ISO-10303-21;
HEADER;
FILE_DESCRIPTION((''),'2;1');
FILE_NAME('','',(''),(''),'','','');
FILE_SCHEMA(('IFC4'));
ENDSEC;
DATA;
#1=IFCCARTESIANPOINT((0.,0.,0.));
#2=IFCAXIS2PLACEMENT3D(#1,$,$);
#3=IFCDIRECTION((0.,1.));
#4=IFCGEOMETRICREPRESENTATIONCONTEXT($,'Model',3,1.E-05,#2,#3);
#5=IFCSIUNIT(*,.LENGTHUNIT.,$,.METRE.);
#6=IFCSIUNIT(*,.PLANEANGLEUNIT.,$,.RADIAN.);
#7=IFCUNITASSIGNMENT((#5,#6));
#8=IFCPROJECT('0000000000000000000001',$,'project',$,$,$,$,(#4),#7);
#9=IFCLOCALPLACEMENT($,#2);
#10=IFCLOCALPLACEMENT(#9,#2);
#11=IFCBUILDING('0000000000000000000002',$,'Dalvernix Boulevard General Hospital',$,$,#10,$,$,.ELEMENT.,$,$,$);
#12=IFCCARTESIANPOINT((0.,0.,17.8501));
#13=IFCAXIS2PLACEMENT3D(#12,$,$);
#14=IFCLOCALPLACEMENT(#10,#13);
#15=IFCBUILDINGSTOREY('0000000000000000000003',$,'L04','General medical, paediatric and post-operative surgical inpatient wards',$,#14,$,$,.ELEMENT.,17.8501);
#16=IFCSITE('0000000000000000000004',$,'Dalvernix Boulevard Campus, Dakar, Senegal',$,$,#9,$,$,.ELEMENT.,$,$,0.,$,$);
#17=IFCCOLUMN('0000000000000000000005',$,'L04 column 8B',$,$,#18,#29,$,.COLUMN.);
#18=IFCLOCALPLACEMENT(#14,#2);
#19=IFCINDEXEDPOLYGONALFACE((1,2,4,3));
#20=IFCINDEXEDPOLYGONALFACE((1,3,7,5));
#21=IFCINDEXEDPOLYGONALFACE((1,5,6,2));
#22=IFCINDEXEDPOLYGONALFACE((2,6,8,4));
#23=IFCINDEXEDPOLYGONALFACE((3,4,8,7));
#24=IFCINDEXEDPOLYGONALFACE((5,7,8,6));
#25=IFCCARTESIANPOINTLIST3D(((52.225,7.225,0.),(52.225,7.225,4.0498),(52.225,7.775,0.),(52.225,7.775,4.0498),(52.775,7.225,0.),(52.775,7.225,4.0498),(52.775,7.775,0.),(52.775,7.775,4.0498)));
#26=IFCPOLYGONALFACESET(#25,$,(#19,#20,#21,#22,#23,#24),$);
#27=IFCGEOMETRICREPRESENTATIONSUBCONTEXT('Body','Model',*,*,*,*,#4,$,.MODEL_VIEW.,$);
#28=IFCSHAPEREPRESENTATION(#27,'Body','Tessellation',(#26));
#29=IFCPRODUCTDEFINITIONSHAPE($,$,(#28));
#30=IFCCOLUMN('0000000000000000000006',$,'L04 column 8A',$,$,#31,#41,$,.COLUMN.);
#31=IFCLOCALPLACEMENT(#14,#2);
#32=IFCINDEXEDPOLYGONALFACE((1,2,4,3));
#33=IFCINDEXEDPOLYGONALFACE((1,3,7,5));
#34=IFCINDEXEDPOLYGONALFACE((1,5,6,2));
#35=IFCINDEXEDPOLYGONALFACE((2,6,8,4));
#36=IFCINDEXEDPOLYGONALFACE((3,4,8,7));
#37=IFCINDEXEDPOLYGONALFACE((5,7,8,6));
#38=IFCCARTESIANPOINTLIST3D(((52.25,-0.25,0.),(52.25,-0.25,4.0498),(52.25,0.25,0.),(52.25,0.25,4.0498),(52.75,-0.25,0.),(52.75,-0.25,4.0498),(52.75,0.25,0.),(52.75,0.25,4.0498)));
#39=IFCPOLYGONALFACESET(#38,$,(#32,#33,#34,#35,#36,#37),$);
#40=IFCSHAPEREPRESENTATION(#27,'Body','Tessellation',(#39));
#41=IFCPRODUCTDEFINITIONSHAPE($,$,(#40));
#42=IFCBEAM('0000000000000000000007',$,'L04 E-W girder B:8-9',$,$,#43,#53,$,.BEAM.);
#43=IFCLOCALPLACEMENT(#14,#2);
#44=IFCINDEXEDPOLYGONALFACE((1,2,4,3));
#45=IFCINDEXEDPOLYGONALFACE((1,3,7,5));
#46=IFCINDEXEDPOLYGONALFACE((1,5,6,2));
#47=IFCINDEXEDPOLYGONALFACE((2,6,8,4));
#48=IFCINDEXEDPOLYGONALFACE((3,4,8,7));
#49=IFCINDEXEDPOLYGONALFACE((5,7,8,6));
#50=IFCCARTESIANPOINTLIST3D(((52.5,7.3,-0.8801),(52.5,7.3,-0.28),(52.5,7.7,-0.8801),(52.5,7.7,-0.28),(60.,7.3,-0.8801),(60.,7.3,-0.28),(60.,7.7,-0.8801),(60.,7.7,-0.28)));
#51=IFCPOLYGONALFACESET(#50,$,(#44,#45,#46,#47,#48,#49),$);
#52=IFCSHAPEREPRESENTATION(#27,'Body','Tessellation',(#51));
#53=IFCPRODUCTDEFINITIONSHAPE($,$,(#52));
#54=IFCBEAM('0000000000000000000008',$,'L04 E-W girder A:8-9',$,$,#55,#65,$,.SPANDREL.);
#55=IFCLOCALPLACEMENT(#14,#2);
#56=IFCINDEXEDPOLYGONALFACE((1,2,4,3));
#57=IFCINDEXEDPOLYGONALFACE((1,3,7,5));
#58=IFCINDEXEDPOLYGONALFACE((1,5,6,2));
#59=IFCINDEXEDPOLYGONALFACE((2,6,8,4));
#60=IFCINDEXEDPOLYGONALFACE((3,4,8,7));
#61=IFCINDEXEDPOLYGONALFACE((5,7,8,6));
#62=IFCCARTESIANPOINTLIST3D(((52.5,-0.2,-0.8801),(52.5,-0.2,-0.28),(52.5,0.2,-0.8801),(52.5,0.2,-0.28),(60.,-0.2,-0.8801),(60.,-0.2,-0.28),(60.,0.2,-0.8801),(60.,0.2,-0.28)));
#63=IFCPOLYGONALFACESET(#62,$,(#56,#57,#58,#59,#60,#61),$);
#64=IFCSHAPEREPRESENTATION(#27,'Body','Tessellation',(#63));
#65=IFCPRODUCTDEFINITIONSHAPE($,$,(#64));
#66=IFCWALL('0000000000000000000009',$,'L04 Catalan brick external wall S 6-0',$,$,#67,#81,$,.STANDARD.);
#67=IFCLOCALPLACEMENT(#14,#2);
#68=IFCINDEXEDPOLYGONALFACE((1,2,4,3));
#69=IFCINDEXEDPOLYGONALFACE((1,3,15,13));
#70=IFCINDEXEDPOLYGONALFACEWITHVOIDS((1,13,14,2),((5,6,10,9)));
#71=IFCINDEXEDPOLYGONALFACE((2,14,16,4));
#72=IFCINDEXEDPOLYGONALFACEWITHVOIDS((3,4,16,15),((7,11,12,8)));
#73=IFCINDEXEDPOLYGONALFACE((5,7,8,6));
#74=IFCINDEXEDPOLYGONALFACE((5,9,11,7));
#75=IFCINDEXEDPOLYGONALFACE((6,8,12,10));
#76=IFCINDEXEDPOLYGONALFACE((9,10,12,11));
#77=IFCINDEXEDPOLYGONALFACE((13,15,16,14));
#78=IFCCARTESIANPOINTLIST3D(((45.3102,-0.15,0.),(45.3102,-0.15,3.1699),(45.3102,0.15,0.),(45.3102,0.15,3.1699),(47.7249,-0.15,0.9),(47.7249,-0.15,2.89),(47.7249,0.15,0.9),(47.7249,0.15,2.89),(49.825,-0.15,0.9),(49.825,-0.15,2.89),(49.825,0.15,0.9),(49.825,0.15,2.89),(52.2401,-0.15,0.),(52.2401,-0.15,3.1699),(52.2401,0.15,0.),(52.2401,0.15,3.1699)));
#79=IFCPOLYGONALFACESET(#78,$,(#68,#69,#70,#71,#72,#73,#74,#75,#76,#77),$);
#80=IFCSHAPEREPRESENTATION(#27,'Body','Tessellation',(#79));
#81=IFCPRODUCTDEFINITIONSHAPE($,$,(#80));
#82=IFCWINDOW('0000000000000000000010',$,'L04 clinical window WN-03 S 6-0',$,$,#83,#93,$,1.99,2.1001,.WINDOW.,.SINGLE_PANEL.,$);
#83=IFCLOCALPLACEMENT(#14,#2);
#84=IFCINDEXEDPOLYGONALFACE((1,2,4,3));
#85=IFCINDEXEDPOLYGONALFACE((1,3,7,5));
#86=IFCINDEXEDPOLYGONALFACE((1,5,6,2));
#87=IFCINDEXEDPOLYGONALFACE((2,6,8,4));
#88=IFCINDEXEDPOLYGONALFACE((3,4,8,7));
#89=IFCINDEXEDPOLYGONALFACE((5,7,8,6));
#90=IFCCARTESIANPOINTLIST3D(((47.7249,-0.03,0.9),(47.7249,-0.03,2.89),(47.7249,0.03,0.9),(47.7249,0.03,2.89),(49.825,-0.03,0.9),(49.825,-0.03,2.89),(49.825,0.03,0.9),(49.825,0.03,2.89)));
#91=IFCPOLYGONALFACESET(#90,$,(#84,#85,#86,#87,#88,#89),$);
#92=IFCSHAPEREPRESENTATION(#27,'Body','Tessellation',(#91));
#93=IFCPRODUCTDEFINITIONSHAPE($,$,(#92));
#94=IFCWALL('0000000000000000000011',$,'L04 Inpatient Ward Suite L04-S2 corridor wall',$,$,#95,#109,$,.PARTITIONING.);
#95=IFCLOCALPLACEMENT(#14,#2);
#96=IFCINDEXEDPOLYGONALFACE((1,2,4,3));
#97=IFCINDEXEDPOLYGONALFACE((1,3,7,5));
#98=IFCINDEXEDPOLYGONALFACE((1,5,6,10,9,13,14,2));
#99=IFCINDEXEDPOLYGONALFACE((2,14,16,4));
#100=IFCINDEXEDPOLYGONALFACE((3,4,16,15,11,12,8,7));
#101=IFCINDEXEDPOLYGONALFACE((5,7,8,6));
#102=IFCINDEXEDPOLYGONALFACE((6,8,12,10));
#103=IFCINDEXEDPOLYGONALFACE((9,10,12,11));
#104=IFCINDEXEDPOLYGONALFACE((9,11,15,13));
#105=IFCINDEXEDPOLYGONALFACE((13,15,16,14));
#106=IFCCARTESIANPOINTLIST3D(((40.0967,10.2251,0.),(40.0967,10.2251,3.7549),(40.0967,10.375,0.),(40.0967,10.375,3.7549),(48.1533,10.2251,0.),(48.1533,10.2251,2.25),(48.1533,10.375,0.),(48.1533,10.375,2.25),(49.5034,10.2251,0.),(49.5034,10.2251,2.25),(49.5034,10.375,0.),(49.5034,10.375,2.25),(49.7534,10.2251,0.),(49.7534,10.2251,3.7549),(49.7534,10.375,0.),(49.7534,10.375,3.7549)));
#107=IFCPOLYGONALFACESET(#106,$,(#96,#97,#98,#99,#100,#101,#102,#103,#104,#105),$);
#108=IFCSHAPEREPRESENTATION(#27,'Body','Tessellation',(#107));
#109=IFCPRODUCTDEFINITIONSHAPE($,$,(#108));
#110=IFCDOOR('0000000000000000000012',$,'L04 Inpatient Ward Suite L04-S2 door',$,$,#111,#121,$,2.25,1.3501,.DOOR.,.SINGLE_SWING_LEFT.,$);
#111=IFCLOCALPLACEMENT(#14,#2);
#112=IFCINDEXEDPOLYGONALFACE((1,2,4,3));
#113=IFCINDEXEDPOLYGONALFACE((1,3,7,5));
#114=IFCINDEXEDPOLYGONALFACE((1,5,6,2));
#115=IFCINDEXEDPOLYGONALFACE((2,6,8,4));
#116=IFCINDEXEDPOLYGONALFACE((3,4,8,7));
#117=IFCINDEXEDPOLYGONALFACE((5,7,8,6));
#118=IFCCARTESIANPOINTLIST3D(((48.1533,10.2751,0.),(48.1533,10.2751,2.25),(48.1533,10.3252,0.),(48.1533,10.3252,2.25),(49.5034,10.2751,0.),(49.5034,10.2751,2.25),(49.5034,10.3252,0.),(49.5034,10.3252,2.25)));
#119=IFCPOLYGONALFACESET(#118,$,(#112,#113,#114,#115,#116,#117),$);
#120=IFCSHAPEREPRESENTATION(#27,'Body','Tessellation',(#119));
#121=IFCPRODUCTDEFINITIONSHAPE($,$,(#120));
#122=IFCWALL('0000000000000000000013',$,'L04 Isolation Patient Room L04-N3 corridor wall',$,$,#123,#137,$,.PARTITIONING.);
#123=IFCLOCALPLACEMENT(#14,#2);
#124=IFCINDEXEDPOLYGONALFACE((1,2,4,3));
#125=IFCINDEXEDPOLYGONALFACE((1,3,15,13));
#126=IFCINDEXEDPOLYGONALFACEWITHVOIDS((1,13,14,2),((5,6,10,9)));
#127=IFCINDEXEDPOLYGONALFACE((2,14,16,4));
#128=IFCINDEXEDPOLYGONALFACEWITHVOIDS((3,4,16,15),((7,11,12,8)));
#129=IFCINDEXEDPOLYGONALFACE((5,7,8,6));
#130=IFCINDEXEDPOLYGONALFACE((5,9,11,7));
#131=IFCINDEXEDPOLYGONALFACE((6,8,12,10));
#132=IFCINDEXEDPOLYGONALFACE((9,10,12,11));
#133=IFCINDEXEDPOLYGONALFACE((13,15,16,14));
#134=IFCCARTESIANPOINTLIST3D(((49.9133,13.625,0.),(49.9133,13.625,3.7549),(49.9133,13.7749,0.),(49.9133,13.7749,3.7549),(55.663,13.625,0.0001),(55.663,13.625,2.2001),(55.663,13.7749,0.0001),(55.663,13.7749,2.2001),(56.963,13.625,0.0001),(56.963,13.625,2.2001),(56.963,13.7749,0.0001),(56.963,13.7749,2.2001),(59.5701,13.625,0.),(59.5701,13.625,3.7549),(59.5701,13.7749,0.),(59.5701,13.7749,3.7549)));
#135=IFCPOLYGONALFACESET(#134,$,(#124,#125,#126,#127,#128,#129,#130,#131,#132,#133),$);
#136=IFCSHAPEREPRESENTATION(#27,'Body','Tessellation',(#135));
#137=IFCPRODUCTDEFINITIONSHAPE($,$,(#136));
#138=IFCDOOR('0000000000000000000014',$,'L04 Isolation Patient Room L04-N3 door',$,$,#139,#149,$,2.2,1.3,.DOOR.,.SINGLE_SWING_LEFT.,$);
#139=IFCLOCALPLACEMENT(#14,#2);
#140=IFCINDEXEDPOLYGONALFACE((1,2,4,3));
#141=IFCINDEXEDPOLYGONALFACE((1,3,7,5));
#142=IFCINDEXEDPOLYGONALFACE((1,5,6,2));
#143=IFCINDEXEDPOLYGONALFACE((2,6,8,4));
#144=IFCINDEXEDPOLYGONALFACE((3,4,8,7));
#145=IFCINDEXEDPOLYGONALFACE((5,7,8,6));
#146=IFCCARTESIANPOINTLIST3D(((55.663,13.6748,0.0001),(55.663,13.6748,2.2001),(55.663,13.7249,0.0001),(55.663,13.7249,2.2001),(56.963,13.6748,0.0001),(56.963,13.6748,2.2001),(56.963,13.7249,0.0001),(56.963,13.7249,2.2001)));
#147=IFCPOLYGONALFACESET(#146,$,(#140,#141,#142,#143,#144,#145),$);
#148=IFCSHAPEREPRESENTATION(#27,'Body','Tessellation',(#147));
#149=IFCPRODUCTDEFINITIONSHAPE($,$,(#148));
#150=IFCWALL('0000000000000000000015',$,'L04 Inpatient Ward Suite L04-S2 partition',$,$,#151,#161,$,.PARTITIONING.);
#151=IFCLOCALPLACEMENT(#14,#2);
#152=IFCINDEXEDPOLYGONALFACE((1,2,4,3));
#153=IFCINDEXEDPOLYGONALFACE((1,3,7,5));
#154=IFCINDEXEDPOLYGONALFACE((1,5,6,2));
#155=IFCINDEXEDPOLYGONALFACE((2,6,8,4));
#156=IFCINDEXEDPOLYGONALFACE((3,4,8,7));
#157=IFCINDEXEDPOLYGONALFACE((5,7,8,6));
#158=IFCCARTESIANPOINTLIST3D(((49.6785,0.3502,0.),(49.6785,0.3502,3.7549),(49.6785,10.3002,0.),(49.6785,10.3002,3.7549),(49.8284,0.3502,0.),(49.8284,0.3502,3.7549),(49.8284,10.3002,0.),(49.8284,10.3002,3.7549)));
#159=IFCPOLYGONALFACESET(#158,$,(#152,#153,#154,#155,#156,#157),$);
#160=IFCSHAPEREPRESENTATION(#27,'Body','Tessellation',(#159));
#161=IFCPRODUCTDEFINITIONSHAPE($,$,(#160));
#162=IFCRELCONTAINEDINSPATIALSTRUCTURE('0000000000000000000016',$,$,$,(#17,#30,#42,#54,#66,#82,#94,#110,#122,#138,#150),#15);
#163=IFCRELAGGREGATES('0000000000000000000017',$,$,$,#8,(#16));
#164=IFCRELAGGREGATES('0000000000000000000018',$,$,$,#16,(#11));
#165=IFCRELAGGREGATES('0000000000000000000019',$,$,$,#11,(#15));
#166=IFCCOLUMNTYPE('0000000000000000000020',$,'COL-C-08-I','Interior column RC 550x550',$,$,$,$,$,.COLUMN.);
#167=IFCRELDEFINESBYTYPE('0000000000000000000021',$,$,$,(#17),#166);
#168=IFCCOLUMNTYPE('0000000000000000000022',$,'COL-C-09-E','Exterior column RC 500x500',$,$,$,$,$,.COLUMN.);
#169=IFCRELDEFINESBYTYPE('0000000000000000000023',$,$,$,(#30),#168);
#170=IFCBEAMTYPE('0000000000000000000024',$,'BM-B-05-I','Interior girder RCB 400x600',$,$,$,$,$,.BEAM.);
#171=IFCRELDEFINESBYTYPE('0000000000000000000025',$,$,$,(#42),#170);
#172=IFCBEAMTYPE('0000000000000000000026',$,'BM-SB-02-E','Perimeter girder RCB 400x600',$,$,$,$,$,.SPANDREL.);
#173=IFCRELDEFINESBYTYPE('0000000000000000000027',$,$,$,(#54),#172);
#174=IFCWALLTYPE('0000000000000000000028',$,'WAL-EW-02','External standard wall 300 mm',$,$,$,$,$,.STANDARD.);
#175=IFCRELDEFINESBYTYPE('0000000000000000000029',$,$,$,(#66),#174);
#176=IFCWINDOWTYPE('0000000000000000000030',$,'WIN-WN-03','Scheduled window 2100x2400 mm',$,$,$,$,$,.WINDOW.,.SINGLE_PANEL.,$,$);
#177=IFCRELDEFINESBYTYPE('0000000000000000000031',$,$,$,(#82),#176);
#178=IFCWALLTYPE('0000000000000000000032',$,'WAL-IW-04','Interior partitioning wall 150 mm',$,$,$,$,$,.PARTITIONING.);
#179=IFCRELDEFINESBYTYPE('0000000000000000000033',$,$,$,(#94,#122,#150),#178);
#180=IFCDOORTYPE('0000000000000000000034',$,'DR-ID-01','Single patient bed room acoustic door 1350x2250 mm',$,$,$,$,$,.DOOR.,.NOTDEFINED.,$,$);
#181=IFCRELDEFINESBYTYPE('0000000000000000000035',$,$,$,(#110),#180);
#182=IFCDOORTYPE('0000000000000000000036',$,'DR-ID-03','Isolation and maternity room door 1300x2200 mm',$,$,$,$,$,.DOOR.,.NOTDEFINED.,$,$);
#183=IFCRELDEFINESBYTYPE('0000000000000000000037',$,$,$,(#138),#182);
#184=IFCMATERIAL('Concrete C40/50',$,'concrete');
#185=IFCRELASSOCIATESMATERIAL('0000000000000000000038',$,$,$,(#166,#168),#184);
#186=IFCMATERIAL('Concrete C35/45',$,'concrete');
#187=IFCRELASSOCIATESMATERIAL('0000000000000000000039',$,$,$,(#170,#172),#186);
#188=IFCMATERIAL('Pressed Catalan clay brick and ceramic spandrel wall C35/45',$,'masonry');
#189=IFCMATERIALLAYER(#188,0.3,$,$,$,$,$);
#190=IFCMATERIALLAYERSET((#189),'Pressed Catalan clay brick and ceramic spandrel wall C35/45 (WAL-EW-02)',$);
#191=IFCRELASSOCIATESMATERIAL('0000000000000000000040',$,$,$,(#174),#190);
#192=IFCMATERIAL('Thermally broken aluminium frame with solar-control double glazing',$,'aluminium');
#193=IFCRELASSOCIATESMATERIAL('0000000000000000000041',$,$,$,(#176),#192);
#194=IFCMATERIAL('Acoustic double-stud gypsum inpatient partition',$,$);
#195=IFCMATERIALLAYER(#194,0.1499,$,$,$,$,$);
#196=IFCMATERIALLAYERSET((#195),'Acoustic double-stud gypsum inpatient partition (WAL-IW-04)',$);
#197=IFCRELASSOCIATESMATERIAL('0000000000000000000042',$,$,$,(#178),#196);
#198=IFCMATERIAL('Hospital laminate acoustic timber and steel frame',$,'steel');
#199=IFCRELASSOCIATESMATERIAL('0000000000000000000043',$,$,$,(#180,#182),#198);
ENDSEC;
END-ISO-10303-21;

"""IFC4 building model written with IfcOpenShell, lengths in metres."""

from ifc_helpers import new_model, si_unit, direction, frame, frame_2d, origin, origin_2d, place, context, subcontext, project, spatial, rectangle, extrude, material, layer, layer_set, material_profile, profile_set, type_object, element, fill, save


model = new_model("IFC4")

# Units and contexts
model_context = context("Model", 3, precision=1e-05, world=origin(), true_north=direction((0.0, 1.0)))
body_context = subcontext(model_context, "Body", "Model", "MODEL_VIEW")
ifc_project = project(units=[si_unit("LENGTHUNIT", "METRE"), si_unit("PLANEANGLEUNIT", "RADIAN")], contexts=[model_context])

# Site, building, storey
site_placement = place(None, origin())
site = spatial("IfcSite", under=ifc_project, at=site_placement, Name="Dalvernix Boulevard Campus, Dakar, Senegal", CompositionType="ELEMENT", RefElevation=0.0)
building_placement = place(site_placement, origin())
building = spatial("IfcBuilding", under=site, at=building_placement, Name="Dalvernix Boulevard General Hospital", CompositionType="ELEMENT")
storey_placement = place(building_placement, frame((0.0, 0.0, 17.8501)))
storey = spatial("IfcBuildingStorey", under=building, at=storey_placement, Name="L04", Description="General medical, paediatric and post-operative surgical inpatient wards", CompositionType="ELEMENT", Elevation=17.8501)

# Columns
ifc_material_1 = material(Name="Concrete C40/50", Category="concrete")
ifc_material_profile_1 = material_profile(ifc_material_1, rectangle(XDim=0.55, YDim=0.55, at=origin_2d()), Name="RC 550x550")
ifc_profile_set_1 = profile_set([ifc_material_profile_1], Name="Concrete C40/50")
column_type_1 = type_object("IfcColumnType", Name="COL-C-08-I", Description="Interior column RC 550x550", PredefinedType="COLUMN", material=ifc_profile_set_1)
column_1_placement = place(storey_placement, frame((52.5, 7.5, 0.0), z_axis=(0.0, 0.0, 1.0), x_axis=(1.0, 0.0, 0.0)))
element("IfcColumn", 1, at=column_1_placement, inside=storey, type_object=column_type_1, Name="L04 column 8B", PredefinedType="COLUMN", context=body_context, shape_type="SweptSolid", body=[
    extrude(rectangle(XDim=0.55, YDim=0.55, at=origin_2d()), origin(), (0.0, 0.0, 1.0), 4.0498),
])
ifc_material_profile_2 = material_profile(ifc_material_1, rectangle(XDim=0.5, YDim=0.5, at=origin_2d()), Name="RC 500x500")
ifc_profile_set_2 = profile_set([ifc_material_profile_2], Name="Concrete C40/50")
column_type_2 = type_object("IfcColumnType", Name="COL-C-09-E", Description="Exterior column RC 500x500", PredefinedType="COLUMN", material=ifc_profile_set_2)
column_2_placement = place(storey_placement, frame((52.5, 0.0, 0.0), z_axis=(0.0, 0.0, 1.0), x_axis=(1.0, 0.0, 0.0)))
element("IfcColumn", 2, at=column_2_placement, inside=storey, type_object=column_type_2, Name="L04 column 8A", PredefinedType="COLUMN", context=body_context, shape_type="SweptSolid", body=[
    extrude(rectangle(XDim=0.5, YDim=0.5, at=origin_2d()), origin(), (0.0, 0.0, 1.0), 4.0498),
])

# Beams
ifc_material_2 = material(Name="Concrete C35/45", Category="concrete")
ifc_material_profile_3 = material_profile(ifc_material_2, rectangle(XDim=0.3999, YDim=0.6001, at=origin_2d()), Name="RCB 400x600")
ifc_profile_set_3 = profile_set([ifc_material_profile_3], Name="Concrete C35/45")
beam_type_1 = type_object("IfcBeamType", Name="BM-B-05-I", Description="Interior girder RCB 400x600", PredefinedType="BEAM", material=ifc_profile_set_3)
beam_1_placement = place(storey_placement, frame((52.5, 7.5, -0.5801), z_axis=(1.0, 0.0, 0.0), x_axis=(0.0, 1.0, 0.0)))
element("IfcBeam", 3, at=beam_1_placement, inside=storey, type_object=beam_type_1, Name="L04 E-W girder B:8-9", PredefinedType="BEAM", context=body_context, shape_type="SweptSolid", body=[
    extrude(rectangle(XDim=0.3999, YDim=0.6001, at=origin_2d()), origin(), (0.0, 0.0, 1.0), 7.5),
])
ifc_material_profile_4 = material_profile(ifc_material_2, rectangle(XDim=0.3999, YDim=0.6001, at=origin_2d()), Name="RCB 400x600")
ifc_profile_set_4 = profile_set([ifc_material_profile_4], Name="Concrete C35/45")
beam_type_2 = type_object("IfcBeamType", Name="BM-SB-02-E", Description="Perimeter girder RCB 400x600", PredefinedType="SPANDREL", material=ifc_profile_set_4)
beam_2_placement = place(storey_placement, frame((52.5, 0.0, -0.5801), z_axis=(1.0, 0.0, 0.0), x_axis=(0.0, 1.0, 0.0)))
element("IfcBeam", 4, at=beam_2_placement, inside=storey, type_object=beam_type_2, Name="L04 E-W girder A:8-9", PredefinedType="SPANDREL", context=body_context, shape_type="SweptSolid", body=[
    extrude(rectangle(XDim=0.3999, YDim=0.6001, at=origin_2d()), origin(), (0.0, 0.0, 1.0), 7.5),
])

# Wall, opening, window
ifc_material_3 = material(Name="Pressed Catalan clay brick and ceramic spandrel wall C35/45", Category="masonry")
ifc_layer_1 = layer(ifc_material_3, 0.3)
ifc_layer_set_1 = layer_set([ifc_layer_1], Name="Pressed Catalan clay brick and ceramic spandrel wall C35/45 (WAL-EW-02)")
wall_type_1 = type_object("IfcWallType", Name="WAL-EW-02", Description="External standard wall 300 mm", PredefinedType="STANDARD", material=ifc_layer_set_1)
wall_1_placement = place(storey_placement, frame((52.24, 0.0, 0.0), z_axis=(0.0, 0.0, 1.0), x_axis=(-1.0, 0.0, 0.0)))
wall_1 = element("IfcWall", 5, at=wall_1_placement, inside=storey, type_object=wall_type_1, Name="L04 Catalan brick external wall S 6-0", PredefinedType="STANDARD", context=body_context, shape_type="SweptSolid", body=[
    extrude(rectangle(XDim=6.9299, YDim=0.3, at=frame_2d((3.4648, 0.0))), origin(), (0.0, 0.0, 1.0), 3.1699),
])
opening_1_placement = place(wall_1_placement, frame((2.415, 0.0, 0.8999)))
opening_1 = element("IfcOpeningElement", 6, at=opening_1_placement, cuts=wall_1, PredefinedType="OPENING", context=body_context, shape_type="SweptSolid", body=[
    extrude(rectangle(XDim=2.1001, YDim=1.99, at=frame_2d((1.05, 0.9951))), frame((0.0, 0.1599, 0.0), z_axis=(0.0, -1.0, 0.0), x_axis=(1.0, 0.0, 0.0)), (0.0, 0.0, 1.0), 0.3201),
])
ifc_material_4 = material(Name="Thermally broken aluminium frame with solar-control double glazing", Category="aluminium")
window_type = type_object("IfcWindowType", Name="WIN-WN-03", Description="Scheduled window 2100x2400 mm", PartitioningType="SINGLE_PANEL", PredefinedType="WINDOW", material=ifc_material_4)
window_placement = place(opening_1_placement, origin())
window = element("IfcWindow", 7, at=window_placement, inside=storey, type_object=window_type, Name="L04 clinical window WN-03 S 6-0", OverallHeight=1.99, OverallWidth=2.1001, PartitioningType="SINGLE_PANEL", PredefinedType="WINDOW", context=body_context, shape_type="SweptSolid", body=[
    extrude(rectangle(XDim=2.1001, YDim=1.99, at=frame_2d((1.05, 0.9951))), frame((0.0, 0.03, 0.0), z_axis=(0.0, -1.0, 0.0), x_axis=(1.0, 0.0, 0.0)), (0.0, 0.0, 1.0), 0.0601),
])
fill(opening_1, window)

# Walls, openings, doors
ifc_material_5 = material(Name="Acoustic double-stud gypsum inpatient partition")
ifc_layer_2 = layer(ifc_material_5, 0.1499)
ifc_layer_set_2 = layer_set([ifc_layer_2], Name="Acoustic double-stud gypsum inpatient partition (WAL-IW-04)")
wall_type_2 = type_object("IfcWallType", Name="WAL-IW-04", Description="Interior partitioning wall 150 mm", PredefinedType="PARTITIONING", material=ifc_layer_set_2)
wall_2_placement = place(storey_placement, frame((49.7534, 10.3, 0.0), z_axis=(0.0, 0.0, 1.0), x_axis=(-1.0, 0.0, 0.0)))
wall_2 = element("IfcWall", 8, at=wall_2_placement, inside=storey, type_object=wall_type_2, Name="L04 Inpatient Ward Suite L04-S2 corridor wall", PredefinedType="PARTITIONING", context=body_context, shape_type="SweptSolid", body=[
    extrude(rectangle(XDim=9.6567, YDim=0.1499, at=frame_2d((4.8284, 0.0))), origin(), (0.0, 0.0, 1.0), 3.7549),
])
opening_2_placement = place(wall_2_placement, frame((0.25, 0.0, 0.0)))
opening_2 = element("IfcOpeningElement", 9, at=opening_2_placement, cuts=wall_2, PredefinedType="OPENING", context=body_context, shape_type="SweptSolid", body=[
    extrude(rectangle(XDim=1.3501, YDim=2.25, at=frame_2d((0.675, 1.125))), frame((0.0, 0.085, 0.0), z_axis=(0.0, -1.0, 0.0), x_axis=(1.0, 0.0, 0.0)), (0.0, 0.0, 1.0), 0.1699),
])
ifc_material_6 = material(Name="Hospital laminate acoustic timber and steel frame", Category="steel")
door_type_1 = type_object("IfcDoorType", Name="DR-ID-01", Description="Single patient bed room acoustic door 1350x2250 mm", OperationType="NOTDEFINED", PredefinedType="DOOR", material=ifc_material_6)
door_1_placement = place(opening_2_placement, origin())
door_1 = element("IfcDoor", 10, at=door_1_placement, inside=storey, type_object=door_type_1, Name="L04 Inpatient Ward Suite L04-S2 door", OperationType="SINGLE_SWING_LEFT", OverallHeight=2.25, OverallWidth=1.3501, PredefinedType="DOOR", context=body_context, shape_type="SweptSolid", body=[
    extrude(rectangle(XDim=1.3501, YDim=2.25, at=frame_2d((0.675, 1.125))), frame((0.0, 0.0249, 0.0), z_axis=(0.0, -1.0, 0.0), x_axis=(1.0, 0.0, 0.0)), (0.0, 0.0, 1.0), 0.05),
])
fill(opening_2, door_1)
wall_3_placement = place(storey_placement, frame((49.9133, 13.7, 0.0), z_axis=(0.0, 0.0, 1.0), x_axis=(1.0, 0.0, 0.0)))
wall_3 = element("IfcWall", 11, at=wall_3_placement, inside=storey, type_object=wall_type_2, Name="L04 Isolation Patient Room L04-N3 corridor wall", PredefinedType="PARTITIONING", context=body_context, shape_type="SweptSolid", body=[
    extrude(rectangle(XDim=9.6567, YDim=0.1499, at=frame_2d((4.8284, 0.0))), origin(), (0.0, 0.0, 1.0), 3.7549),
])
opening_3_placement = place(wall_3_placement, frame((5.7498, 0.0, 0.0)))
opening_3 = element("IfcOpeningElement", 12, at=opening_3_placement, cuts=wall_3, PredefinedType="OPENING", context=body_context, shape_type="SweptSolid", body=[
    extrude(rectangle(XDim=1.3, YDim=2.2, at=frame_2d((0.6499, 1.1001))), frame((0.0, 0.085, 0.0), z_axis=(0.0, -1.0, 0.0), x_axis=(1.0, 0.0, 0.0)), (0.0, 0.0, 1.0), 0.1699),
])
door_type_2 = type_object("IfcDoorType", Name="DR-ID-03", Description="Isolation and maternity room door 1300x2200 mm", OperationType="NOTDEFINED", PredefinedType="DOOR", material=ifc_material_6)
door_2_placement = place(opening_3_placement, origin())
door_2 = element("IfcDoor", 13, at=door_2_placement, inside=storey, type_object=door_type_2, Name="L04 Isolation Patient Room L04-N3 door", OperationType="SINGLE_SWING_LEFT", OverallHeight=2.2, OverallWidth=1.3, PredefinedType="DOOR", context=body_context, shape_type="SweptSolid", body=[
    extrude(rectangle(XDim=1.3, YDim=2.2, at=frame_2d((0.6499, 1.1001))), frame((0.0, 0.0249, 0.0), z_axis=(0.0, -1.0, 0.0), x_axis=(1.0, 0.0, 0.0)), (0.0, 0.0, 1.0), 0.05),
])
fill(opening_3, door_2)

# Wall
wall_4_placement = place(storey_placement, frame((49.7534, 0.3501, 0.0), z_axis=(0.0, 0.0, 1.0), x_axis=(0.0, 1.0, 0.0)))
element("IfcWall", 14, at=wall_4_placement, inside=storey, type_object=wall_type_2, Name="L04 Inpatient Ward Suite L04-S2 partition", PredefinedType="PARTITIONING", context=body_context, shape_type="SweptSolid", body=[
    extrude(rectangle(XDim=9.95, YDim=0.1499, at=frame_2d((4.9751, 0.0))), origin(), (0.0, 0.0, 1.0), 3.7549),
])

save(model, "model.ifc")
